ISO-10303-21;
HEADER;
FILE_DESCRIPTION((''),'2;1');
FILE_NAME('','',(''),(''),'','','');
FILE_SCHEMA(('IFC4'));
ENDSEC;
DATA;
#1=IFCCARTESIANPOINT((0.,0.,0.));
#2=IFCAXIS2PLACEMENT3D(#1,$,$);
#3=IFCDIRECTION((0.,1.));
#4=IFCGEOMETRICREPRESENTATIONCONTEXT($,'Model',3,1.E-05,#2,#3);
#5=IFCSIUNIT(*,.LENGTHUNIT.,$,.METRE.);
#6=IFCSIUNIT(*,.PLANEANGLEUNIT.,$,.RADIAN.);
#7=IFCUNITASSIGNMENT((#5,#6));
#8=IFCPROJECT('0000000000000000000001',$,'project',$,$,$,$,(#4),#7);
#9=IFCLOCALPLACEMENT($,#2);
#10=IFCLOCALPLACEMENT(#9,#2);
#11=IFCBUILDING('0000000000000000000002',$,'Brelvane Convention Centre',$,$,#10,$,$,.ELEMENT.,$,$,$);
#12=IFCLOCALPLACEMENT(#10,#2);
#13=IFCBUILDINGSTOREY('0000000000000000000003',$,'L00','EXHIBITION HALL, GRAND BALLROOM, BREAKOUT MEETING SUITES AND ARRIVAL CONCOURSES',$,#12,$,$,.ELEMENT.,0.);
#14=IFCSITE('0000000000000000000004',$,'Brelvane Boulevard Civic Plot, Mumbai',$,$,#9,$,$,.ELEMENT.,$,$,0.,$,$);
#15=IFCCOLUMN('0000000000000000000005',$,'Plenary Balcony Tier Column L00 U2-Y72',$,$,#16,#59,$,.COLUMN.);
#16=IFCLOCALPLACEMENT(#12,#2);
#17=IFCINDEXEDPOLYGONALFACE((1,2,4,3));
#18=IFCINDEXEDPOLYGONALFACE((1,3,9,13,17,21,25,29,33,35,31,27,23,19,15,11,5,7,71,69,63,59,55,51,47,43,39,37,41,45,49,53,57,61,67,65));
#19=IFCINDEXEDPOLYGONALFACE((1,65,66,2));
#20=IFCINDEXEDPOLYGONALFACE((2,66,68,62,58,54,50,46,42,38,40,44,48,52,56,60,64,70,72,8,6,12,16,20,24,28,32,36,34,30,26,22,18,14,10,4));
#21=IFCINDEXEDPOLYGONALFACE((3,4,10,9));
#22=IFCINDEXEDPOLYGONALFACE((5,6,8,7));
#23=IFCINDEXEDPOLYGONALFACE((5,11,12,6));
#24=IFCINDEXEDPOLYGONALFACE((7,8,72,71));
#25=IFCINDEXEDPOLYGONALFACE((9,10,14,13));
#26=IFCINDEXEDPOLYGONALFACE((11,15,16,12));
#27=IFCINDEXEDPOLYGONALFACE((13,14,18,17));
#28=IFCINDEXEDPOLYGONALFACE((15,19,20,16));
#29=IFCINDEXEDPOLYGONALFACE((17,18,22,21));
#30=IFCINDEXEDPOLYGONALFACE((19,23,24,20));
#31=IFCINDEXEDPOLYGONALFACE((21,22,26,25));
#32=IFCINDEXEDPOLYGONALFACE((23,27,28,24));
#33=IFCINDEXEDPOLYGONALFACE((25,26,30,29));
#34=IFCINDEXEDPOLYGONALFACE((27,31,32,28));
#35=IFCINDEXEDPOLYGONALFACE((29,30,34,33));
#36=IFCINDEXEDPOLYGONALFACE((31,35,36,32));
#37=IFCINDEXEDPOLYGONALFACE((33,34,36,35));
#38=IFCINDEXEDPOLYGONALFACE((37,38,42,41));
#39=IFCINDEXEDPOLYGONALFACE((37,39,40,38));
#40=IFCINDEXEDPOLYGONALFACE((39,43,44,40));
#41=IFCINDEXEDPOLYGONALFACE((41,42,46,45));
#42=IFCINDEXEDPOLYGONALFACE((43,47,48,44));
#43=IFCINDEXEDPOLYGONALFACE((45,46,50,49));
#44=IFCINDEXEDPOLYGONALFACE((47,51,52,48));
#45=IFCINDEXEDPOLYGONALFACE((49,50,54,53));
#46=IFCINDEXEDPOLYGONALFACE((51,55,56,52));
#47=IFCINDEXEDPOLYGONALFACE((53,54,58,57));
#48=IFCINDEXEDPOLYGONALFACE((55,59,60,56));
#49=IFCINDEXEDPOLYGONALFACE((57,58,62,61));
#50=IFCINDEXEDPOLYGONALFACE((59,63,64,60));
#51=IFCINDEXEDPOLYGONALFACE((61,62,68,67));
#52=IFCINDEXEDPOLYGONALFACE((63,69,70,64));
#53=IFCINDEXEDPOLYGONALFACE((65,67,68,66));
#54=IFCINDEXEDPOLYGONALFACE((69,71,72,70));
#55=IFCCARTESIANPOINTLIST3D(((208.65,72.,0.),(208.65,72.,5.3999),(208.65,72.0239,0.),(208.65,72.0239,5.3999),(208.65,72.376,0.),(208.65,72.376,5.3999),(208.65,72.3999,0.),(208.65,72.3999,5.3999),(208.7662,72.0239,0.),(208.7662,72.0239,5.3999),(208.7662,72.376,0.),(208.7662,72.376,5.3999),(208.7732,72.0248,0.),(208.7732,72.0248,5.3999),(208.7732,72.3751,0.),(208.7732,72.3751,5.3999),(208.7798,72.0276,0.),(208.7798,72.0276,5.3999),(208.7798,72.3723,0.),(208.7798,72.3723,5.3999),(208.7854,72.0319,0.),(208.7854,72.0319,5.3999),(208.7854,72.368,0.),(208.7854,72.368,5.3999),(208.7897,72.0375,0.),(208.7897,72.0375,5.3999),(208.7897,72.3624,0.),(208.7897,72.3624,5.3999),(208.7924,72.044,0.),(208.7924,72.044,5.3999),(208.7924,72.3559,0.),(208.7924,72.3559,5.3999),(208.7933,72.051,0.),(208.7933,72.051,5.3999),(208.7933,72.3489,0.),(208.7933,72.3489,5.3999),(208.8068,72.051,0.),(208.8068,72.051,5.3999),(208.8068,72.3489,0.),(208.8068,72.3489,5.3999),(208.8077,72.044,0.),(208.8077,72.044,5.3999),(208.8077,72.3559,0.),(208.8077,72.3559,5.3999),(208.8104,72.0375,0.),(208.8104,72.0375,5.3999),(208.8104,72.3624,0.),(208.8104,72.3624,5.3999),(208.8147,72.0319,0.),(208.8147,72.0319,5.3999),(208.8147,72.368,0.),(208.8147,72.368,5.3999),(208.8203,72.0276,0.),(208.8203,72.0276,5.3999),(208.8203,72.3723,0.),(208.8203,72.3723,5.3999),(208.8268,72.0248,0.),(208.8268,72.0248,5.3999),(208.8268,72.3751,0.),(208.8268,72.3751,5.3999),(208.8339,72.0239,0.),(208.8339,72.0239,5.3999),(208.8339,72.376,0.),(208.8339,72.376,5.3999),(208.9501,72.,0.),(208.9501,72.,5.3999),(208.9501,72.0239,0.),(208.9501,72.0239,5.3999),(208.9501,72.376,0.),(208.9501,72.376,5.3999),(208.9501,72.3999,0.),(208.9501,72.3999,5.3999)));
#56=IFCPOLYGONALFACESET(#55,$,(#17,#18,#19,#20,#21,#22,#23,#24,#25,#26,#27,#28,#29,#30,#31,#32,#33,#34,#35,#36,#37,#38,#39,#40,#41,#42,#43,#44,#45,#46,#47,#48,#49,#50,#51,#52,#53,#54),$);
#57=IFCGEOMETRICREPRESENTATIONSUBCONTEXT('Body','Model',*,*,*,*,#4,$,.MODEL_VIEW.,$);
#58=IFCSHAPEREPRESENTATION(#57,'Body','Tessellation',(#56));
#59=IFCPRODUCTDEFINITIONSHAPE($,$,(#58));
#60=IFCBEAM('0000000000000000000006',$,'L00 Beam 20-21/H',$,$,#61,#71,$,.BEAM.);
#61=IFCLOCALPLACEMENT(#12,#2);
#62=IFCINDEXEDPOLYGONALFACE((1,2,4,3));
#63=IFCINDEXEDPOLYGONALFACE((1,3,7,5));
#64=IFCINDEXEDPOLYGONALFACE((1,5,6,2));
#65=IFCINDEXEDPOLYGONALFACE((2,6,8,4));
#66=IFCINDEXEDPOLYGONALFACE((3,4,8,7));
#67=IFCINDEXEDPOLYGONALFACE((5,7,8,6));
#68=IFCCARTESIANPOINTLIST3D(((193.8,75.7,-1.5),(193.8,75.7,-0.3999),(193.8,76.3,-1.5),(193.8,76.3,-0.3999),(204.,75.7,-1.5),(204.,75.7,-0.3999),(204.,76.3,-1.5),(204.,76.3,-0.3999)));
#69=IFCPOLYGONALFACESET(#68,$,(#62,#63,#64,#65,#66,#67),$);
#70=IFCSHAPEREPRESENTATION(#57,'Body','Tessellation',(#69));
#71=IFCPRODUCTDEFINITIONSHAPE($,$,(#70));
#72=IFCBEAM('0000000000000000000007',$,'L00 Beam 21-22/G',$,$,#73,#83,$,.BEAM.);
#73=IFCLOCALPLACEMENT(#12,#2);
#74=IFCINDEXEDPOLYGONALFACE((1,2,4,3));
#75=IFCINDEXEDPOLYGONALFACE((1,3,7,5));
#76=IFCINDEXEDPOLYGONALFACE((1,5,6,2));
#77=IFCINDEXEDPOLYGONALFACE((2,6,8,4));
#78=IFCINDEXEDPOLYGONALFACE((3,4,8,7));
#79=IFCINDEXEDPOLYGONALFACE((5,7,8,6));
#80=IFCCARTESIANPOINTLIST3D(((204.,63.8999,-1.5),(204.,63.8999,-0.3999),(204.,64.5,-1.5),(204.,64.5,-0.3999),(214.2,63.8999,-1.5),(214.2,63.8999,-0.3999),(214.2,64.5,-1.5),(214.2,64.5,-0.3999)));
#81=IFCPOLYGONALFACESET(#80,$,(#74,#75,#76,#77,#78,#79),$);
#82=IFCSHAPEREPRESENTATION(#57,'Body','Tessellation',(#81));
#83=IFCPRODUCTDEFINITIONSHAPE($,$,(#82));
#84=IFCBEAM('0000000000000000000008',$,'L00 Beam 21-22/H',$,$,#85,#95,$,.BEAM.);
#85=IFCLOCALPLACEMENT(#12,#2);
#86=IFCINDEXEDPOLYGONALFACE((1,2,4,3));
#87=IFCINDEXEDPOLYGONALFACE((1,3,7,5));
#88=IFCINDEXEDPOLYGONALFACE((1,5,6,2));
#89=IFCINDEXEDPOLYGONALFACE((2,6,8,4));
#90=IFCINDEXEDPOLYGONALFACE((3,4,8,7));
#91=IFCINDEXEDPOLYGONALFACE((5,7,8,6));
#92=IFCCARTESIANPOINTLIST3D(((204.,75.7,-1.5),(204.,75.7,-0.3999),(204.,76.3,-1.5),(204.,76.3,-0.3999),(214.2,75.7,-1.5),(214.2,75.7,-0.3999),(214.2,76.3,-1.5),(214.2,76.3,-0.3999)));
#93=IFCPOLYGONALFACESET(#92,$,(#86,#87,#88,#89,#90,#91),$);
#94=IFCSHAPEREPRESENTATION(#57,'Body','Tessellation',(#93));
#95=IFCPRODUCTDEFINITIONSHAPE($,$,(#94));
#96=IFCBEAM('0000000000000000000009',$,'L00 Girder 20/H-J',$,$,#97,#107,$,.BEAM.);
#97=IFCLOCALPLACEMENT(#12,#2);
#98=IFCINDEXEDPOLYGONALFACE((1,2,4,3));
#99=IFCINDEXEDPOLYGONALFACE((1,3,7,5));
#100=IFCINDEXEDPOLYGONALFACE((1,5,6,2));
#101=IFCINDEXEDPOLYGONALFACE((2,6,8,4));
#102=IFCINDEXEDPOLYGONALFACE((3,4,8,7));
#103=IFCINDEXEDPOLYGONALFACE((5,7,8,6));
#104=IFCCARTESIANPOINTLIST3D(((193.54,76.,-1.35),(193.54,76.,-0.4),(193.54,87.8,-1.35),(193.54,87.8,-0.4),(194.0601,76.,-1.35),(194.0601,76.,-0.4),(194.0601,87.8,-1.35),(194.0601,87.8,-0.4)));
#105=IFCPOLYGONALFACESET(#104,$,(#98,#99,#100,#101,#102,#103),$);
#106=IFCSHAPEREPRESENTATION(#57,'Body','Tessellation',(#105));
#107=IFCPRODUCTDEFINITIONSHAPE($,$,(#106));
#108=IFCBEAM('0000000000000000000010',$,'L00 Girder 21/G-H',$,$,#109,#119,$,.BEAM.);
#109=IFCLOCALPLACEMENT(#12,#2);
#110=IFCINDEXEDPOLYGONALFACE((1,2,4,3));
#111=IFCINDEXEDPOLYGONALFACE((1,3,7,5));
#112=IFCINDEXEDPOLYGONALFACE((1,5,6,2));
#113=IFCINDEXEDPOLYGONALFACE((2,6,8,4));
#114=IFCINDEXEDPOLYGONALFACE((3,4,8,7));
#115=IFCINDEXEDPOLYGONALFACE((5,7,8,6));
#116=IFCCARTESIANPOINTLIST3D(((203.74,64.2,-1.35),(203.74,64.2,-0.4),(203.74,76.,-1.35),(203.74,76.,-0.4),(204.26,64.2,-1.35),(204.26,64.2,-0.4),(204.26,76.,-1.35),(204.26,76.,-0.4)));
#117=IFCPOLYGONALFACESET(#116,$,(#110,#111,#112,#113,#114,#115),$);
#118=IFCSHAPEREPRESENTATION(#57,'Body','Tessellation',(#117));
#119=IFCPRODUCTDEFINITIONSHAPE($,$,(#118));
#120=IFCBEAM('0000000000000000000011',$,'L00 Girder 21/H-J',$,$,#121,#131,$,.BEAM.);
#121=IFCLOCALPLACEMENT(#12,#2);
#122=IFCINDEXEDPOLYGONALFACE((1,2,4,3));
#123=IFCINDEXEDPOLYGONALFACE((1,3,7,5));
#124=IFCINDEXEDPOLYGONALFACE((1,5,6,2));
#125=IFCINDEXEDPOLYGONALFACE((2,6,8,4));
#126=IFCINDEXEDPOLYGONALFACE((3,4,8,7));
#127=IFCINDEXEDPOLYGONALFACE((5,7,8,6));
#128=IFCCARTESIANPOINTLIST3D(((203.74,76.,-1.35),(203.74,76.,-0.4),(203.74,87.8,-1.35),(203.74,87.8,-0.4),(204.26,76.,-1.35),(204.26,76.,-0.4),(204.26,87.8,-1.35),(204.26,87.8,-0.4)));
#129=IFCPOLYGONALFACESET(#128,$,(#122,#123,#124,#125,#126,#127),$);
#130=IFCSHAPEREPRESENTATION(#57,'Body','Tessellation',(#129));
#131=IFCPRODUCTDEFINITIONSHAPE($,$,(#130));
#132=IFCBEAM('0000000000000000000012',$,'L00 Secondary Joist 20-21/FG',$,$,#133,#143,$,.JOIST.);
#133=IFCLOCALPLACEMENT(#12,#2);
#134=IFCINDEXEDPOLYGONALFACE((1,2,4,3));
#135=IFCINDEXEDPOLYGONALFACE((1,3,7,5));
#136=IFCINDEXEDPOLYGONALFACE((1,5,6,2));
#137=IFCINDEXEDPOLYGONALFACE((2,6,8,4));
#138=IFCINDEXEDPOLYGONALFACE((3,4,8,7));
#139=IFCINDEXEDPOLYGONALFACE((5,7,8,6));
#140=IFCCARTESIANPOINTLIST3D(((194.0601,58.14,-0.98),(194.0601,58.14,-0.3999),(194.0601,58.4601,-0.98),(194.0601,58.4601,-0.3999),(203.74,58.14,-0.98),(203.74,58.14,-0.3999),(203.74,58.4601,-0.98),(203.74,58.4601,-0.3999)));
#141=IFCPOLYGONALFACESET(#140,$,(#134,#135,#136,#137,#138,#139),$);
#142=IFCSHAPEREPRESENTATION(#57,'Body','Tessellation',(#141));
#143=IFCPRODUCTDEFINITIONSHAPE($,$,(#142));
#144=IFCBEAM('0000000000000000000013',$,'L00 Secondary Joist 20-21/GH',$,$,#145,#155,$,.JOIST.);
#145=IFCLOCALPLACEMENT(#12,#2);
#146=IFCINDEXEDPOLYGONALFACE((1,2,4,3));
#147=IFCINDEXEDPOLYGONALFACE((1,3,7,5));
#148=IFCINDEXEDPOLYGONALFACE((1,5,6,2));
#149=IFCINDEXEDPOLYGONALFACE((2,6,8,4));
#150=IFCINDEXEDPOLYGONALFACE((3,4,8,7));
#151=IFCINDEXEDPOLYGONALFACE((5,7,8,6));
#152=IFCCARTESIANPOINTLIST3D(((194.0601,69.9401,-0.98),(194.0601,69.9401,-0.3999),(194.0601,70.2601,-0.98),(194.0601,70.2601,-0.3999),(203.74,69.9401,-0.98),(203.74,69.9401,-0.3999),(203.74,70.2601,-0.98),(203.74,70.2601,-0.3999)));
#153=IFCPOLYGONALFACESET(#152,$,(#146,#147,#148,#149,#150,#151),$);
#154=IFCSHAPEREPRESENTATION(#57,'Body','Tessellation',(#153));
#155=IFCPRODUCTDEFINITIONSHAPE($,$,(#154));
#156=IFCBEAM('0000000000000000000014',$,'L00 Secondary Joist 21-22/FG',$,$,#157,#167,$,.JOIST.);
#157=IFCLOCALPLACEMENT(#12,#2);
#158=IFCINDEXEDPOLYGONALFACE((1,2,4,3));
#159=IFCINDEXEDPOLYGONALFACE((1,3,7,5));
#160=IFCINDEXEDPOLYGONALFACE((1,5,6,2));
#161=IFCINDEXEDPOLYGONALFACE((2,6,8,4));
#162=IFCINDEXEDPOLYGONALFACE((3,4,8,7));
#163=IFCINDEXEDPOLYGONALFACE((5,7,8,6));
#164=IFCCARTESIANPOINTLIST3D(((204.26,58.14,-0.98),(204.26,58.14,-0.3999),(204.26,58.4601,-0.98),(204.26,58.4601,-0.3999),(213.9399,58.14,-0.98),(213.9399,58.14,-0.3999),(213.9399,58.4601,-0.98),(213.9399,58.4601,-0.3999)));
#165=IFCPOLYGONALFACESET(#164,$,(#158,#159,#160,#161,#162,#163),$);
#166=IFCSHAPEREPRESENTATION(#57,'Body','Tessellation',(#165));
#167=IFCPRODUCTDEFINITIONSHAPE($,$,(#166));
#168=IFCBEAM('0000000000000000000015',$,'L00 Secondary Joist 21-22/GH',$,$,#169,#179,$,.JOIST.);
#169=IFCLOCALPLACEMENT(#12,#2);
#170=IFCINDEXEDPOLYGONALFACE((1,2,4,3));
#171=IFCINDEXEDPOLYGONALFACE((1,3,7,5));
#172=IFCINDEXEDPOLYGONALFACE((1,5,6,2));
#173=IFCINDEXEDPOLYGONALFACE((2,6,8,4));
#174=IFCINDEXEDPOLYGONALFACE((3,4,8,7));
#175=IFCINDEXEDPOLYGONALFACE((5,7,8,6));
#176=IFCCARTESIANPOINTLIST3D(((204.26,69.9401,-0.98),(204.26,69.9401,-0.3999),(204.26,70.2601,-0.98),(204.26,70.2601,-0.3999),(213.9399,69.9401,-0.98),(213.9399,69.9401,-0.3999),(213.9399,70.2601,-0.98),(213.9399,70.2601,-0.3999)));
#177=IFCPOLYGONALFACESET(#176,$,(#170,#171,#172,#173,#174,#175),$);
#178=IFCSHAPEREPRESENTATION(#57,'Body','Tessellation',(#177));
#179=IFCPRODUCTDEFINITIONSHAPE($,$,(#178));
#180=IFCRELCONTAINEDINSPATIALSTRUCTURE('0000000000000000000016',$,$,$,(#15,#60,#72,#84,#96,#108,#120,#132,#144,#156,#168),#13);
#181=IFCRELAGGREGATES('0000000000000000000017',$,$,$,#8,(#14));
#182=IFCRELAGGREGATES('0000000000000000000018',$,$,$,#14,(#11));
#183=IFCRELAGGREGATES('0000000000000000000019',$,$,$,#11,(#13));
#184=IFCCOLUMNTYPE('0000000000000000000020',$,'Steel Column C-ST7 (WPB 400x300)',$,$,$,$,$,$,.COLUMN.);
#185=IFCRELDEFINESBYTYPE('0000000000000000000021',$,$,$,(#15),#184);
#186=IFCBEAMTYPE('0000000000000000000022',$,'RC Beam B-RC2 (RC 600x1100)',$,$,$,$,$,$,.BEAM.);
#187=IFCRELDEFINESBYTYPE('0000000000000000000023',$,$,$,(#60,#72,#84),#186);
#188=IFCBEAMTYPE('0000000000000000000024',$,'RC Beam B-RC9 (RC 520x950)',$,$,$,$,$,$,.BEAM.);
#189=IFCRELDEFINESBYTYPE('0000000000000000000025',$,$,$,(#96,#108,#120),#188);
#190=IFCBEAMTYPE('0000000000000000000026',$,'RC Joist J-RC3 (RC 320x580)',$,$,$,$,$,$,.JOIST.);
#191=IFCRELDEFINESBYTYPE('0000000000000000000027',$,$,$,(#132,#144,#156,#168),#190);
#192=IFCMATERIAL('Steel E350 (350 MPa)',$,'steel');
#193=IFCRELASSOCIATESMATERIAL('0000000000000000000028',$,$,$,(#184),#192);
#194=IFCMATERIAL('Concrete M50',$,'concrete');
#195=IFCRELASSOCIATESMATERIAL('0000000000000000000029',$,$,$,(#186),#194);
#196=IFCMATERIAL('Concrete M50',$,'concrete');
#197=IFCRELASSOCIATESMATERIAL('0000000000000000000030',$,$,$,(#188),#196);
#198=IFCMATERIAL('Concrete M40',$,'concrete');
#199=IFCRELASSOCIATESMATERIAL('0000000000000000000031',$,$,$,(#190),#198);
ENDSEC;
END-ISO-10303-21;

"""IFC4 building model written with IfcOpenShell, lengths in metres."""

from ifc_helpers import new_model, si_unit, direction, frame, origin, origin_2d, place, context, subcontext, project, spatial, rectangle, i_section, extrude, material, material_profile, profile_set, type_object, element, save


model = new_model("IFC4")

# Units and contexts
model_context = context("Model", 3, precision=1e-05, world=origin(), true_north=direction((0.0, 1.0)))
body_context = subcontext(model_context, "Body", "Model", "MODEL_VIEW")
ifc_project = project(units=[si_unit("LENGTHUNIT", "METRE"), si_unit("PLANEANGLEUNIT", "RADIAN")], contexts=[model_context])

# Site, building, storey
site_placement = place(None, origin())
site = spatial("IfcSite", under=ifc_project, at=site_placement, Name="Brelvane Boulevard Civic Plot, Mumbai", CompositionType="ELEMENT", RefElevation=0.0)
building_placement = place(site_placement, origin())
building = spatial("IfcBuilding", under=site, at=building_placement, Name="Brelvane Convention Centre", CompositionType="ELEMENT")
storey_placement = place(building_placement, origin())
storey = spatial("IfcBuildingStorey", under=building, at=storey_placement, Name="L00", Description="EXHIBITION HALL, GRAND BALLROOM, BREAKOUT MEETING SUITES AND ARRIVAL CONCOURSES", CompositionType="ELEMENT", Elevation=0.0)

# Column
ifc_material_1 = material(Name="Steel E350 (350 MPa)", Category="steel")
ifc_material_profile_1 = material_profile(ifc_material_1, i_section(OverallWidth=0.3, OverallDepth=0.3999, WebThickness=0.0134, FlangeThickness=0.0239, FilletRadius=0.0271, at=origin_2d()), Name="WPB 400x300")
ifc_profile_set_1 = profile_set([ifc_material_profile_1], Name="Steel E350 (350 MPa)")
column_type_1 = type_object("IfcColumnType", Name="Steel Column C-ST7 (WPB 400x300)", PredefinedType="COLUMN", material=ifc_profile_set_1)
for number, where, z_axis, x_axis, name in (
    (1, (208.8, 72.2, 0.0), (0.0, 0.0, 1.0), (1.0, 0.0, 0.0), "Plenary Balcony Tier Column L00 U2-Y72"),
):
    element("IfcColumn", number, at=place(storey_placement, frame(where, z_axis=z_axis, x_axis=x_axis)), inside=storey, type_object=column_type_1, Name=name, PredefinedType="COLUMN", context=body_context, shape_type="SweptSolid", body=[
        extrude(i_section(OverallWidth=0.3, OverallDepth=0.3999, WebThickness=0.0134, FlangeThickness=0.0239, FilletRadius=0.0271, at=origin_2d()), origin(), (0.0, 0.0, 1.0), 5.3999),
    ])

# Beams
ifc_material_2 = material(Name="Concrete M50", Category="concrete")
ifc_material_profile_2 = material_profile(ifc_material_2, rectangle(XDim=0.6001, YDim=1.1001, at=origin_2d()), Name="RC 600x1100")
ifc_profile_set_2 = profile_set([ifc_material_profile_2], Name="Concrete M50")
beam_type_1 = type_object("IfcBeamType", Name="RC Beam B-RC2 (RC 600x1100)", PredefinedType="BEAM", material=ifc_profile_set_2)
for number, where, z_axis, x_axis, name in (
    (2, (193.8, 76.0, -0.95), (1.0, 0.0, 0.0), (0.0, 1.0, 0.0), "L00 Beam 20-21/H"),
    (3, (204.0, 64.2, -0.95), (1.0, 0.0, 0.0), (0.0, 1.0, 0.0), "L00 Beam 21-22/G"),
    (4, (204.0, 76.0, -0.95), (1.0, 0.0, 0.0), (0.0, 1.0, 0.0), "L00 Beam 21-22/H"),
):
    element("IfcBeam", number, at=place(storey_placement, frame(where, z_axis=z_axis, x_axis=x_axis)), inside=storey, type_object=beam_type_1, Name=name, PredefinedType="BEAM", context=body_context, shape_type="SweptSolid", body=[
        extrude(rectangle(XDim=0.6001, YDim=1.1001, at=origin_2d()), origin(), (0.0, 0.0, 1.0), 10.2),
    ])
ifc_material_3 = material(Name="Concrete M50", Category="concrete")
ifc_material_profile_3 = material_profile(ifc_material_3, rectangle(XDim=0.52, YDim=0.95, at=origin_2d()), Name="RC 520x950")
ifc_profile_set_3 = profile_set([ifc_material_profile_3], Name="Concrete M50")
beam_type_2 = type_object("IfcBeamType", Name="RC Beam B-RC9 (RC 520x950)", PredefinedType="BEAM", material=ifc_profile_set_3)
for number, where, z_axis, x_axis, name in (
    (5, (193.8, 76.0, -0.875), (0.0, 1.0, 0.0), (-1.0, 0.0, 0.0), "L00 Girder 20/H-J"),
    (6, (204.0, 64.2, -0.875), (0.0, 1.0, 0.0), (-1.0, 0.0, 0.0), "L00 Girder 21/G-H"),
    (7, (204.0, 76.0, -0.875), (0.0, 1.0, 0.0), (-1.0, 0.0, 0.0), "L00 Girder 21/H-J"),
):
    element("IfcBeam", number, at=place(storey_placement, frame(where, z_axis=z_axis, x_axis=x_axis)), inside=storey, type_object=beam_type_2, Name=name, PredefinedType="BEAM", context=body_context, shape_type="SweptSolid", body=[
        extrude(rectangle(XDim=0.52, YDim=0.95, at=origin_2d()), origin(), (0.0, 0.0, 1.0), 11.8),
    ])
ifc_material_4 = material(Name="Concrete M40", Category="concrete")
ifc_material_profile_4 = material_profile(ifc_material_4, rectangle(XDim=0.3201, YDim=0.5801, at=origin_2d()), Name="RC 320x580")
ifc_profile_set_4 = profile_set([ifc_material_profile_4], Name="Concrete M40")
beam_type_3 = type_object("IfcBeamType", Name="RC Joist J-RC3 (RC 320x580)", PredefinedType="JOIST", material=ifc_profile_set_4)
for number, where, z_axis, x_axis, name in (
    (8, (194.0601, 58.3, -0.6899), (1.0, 0.0, 0.0), (0.0, 1.0, 0.0), "L00 Secondary Joist 20-21/FG"),
    (9, (194.0601, 70.1001, -0.6899), (1.0, 0.0, 0.0), (0.0, 1.0, 0.0), "L00 Secondary Joist 20-21/GH"),
    (10, (204.26, 58.3, -0.6899), (1.0, 0.0, 0.0), (0.0, 1.0, 0.0), "L00 Secondary Joist 21-22/FG"),
    (11, (204.26, 70.1001, -0.6899), (1.0, 0.0, 0.0), (0.0, 1.0, 0.0), "L00 Secondary Joist 21-22/GH"),
):
    element("IfcBeam", number, at=place(storey_placement, frame(where, z_axis=z_axis, x_axis=x_axis)), inside=storey, type_object=beam_type_3, Name=name, PredefinedType="JOIST", context=body_context, shape_type="SweptSolid", body=[
        extrude(rectangle(XDim=0.3201, YDim=0.5801, at=origin_2d()), origin(), (0.0, 0.0, 1.0), 9.6799),
    ])

save(model, "model.ifc")
